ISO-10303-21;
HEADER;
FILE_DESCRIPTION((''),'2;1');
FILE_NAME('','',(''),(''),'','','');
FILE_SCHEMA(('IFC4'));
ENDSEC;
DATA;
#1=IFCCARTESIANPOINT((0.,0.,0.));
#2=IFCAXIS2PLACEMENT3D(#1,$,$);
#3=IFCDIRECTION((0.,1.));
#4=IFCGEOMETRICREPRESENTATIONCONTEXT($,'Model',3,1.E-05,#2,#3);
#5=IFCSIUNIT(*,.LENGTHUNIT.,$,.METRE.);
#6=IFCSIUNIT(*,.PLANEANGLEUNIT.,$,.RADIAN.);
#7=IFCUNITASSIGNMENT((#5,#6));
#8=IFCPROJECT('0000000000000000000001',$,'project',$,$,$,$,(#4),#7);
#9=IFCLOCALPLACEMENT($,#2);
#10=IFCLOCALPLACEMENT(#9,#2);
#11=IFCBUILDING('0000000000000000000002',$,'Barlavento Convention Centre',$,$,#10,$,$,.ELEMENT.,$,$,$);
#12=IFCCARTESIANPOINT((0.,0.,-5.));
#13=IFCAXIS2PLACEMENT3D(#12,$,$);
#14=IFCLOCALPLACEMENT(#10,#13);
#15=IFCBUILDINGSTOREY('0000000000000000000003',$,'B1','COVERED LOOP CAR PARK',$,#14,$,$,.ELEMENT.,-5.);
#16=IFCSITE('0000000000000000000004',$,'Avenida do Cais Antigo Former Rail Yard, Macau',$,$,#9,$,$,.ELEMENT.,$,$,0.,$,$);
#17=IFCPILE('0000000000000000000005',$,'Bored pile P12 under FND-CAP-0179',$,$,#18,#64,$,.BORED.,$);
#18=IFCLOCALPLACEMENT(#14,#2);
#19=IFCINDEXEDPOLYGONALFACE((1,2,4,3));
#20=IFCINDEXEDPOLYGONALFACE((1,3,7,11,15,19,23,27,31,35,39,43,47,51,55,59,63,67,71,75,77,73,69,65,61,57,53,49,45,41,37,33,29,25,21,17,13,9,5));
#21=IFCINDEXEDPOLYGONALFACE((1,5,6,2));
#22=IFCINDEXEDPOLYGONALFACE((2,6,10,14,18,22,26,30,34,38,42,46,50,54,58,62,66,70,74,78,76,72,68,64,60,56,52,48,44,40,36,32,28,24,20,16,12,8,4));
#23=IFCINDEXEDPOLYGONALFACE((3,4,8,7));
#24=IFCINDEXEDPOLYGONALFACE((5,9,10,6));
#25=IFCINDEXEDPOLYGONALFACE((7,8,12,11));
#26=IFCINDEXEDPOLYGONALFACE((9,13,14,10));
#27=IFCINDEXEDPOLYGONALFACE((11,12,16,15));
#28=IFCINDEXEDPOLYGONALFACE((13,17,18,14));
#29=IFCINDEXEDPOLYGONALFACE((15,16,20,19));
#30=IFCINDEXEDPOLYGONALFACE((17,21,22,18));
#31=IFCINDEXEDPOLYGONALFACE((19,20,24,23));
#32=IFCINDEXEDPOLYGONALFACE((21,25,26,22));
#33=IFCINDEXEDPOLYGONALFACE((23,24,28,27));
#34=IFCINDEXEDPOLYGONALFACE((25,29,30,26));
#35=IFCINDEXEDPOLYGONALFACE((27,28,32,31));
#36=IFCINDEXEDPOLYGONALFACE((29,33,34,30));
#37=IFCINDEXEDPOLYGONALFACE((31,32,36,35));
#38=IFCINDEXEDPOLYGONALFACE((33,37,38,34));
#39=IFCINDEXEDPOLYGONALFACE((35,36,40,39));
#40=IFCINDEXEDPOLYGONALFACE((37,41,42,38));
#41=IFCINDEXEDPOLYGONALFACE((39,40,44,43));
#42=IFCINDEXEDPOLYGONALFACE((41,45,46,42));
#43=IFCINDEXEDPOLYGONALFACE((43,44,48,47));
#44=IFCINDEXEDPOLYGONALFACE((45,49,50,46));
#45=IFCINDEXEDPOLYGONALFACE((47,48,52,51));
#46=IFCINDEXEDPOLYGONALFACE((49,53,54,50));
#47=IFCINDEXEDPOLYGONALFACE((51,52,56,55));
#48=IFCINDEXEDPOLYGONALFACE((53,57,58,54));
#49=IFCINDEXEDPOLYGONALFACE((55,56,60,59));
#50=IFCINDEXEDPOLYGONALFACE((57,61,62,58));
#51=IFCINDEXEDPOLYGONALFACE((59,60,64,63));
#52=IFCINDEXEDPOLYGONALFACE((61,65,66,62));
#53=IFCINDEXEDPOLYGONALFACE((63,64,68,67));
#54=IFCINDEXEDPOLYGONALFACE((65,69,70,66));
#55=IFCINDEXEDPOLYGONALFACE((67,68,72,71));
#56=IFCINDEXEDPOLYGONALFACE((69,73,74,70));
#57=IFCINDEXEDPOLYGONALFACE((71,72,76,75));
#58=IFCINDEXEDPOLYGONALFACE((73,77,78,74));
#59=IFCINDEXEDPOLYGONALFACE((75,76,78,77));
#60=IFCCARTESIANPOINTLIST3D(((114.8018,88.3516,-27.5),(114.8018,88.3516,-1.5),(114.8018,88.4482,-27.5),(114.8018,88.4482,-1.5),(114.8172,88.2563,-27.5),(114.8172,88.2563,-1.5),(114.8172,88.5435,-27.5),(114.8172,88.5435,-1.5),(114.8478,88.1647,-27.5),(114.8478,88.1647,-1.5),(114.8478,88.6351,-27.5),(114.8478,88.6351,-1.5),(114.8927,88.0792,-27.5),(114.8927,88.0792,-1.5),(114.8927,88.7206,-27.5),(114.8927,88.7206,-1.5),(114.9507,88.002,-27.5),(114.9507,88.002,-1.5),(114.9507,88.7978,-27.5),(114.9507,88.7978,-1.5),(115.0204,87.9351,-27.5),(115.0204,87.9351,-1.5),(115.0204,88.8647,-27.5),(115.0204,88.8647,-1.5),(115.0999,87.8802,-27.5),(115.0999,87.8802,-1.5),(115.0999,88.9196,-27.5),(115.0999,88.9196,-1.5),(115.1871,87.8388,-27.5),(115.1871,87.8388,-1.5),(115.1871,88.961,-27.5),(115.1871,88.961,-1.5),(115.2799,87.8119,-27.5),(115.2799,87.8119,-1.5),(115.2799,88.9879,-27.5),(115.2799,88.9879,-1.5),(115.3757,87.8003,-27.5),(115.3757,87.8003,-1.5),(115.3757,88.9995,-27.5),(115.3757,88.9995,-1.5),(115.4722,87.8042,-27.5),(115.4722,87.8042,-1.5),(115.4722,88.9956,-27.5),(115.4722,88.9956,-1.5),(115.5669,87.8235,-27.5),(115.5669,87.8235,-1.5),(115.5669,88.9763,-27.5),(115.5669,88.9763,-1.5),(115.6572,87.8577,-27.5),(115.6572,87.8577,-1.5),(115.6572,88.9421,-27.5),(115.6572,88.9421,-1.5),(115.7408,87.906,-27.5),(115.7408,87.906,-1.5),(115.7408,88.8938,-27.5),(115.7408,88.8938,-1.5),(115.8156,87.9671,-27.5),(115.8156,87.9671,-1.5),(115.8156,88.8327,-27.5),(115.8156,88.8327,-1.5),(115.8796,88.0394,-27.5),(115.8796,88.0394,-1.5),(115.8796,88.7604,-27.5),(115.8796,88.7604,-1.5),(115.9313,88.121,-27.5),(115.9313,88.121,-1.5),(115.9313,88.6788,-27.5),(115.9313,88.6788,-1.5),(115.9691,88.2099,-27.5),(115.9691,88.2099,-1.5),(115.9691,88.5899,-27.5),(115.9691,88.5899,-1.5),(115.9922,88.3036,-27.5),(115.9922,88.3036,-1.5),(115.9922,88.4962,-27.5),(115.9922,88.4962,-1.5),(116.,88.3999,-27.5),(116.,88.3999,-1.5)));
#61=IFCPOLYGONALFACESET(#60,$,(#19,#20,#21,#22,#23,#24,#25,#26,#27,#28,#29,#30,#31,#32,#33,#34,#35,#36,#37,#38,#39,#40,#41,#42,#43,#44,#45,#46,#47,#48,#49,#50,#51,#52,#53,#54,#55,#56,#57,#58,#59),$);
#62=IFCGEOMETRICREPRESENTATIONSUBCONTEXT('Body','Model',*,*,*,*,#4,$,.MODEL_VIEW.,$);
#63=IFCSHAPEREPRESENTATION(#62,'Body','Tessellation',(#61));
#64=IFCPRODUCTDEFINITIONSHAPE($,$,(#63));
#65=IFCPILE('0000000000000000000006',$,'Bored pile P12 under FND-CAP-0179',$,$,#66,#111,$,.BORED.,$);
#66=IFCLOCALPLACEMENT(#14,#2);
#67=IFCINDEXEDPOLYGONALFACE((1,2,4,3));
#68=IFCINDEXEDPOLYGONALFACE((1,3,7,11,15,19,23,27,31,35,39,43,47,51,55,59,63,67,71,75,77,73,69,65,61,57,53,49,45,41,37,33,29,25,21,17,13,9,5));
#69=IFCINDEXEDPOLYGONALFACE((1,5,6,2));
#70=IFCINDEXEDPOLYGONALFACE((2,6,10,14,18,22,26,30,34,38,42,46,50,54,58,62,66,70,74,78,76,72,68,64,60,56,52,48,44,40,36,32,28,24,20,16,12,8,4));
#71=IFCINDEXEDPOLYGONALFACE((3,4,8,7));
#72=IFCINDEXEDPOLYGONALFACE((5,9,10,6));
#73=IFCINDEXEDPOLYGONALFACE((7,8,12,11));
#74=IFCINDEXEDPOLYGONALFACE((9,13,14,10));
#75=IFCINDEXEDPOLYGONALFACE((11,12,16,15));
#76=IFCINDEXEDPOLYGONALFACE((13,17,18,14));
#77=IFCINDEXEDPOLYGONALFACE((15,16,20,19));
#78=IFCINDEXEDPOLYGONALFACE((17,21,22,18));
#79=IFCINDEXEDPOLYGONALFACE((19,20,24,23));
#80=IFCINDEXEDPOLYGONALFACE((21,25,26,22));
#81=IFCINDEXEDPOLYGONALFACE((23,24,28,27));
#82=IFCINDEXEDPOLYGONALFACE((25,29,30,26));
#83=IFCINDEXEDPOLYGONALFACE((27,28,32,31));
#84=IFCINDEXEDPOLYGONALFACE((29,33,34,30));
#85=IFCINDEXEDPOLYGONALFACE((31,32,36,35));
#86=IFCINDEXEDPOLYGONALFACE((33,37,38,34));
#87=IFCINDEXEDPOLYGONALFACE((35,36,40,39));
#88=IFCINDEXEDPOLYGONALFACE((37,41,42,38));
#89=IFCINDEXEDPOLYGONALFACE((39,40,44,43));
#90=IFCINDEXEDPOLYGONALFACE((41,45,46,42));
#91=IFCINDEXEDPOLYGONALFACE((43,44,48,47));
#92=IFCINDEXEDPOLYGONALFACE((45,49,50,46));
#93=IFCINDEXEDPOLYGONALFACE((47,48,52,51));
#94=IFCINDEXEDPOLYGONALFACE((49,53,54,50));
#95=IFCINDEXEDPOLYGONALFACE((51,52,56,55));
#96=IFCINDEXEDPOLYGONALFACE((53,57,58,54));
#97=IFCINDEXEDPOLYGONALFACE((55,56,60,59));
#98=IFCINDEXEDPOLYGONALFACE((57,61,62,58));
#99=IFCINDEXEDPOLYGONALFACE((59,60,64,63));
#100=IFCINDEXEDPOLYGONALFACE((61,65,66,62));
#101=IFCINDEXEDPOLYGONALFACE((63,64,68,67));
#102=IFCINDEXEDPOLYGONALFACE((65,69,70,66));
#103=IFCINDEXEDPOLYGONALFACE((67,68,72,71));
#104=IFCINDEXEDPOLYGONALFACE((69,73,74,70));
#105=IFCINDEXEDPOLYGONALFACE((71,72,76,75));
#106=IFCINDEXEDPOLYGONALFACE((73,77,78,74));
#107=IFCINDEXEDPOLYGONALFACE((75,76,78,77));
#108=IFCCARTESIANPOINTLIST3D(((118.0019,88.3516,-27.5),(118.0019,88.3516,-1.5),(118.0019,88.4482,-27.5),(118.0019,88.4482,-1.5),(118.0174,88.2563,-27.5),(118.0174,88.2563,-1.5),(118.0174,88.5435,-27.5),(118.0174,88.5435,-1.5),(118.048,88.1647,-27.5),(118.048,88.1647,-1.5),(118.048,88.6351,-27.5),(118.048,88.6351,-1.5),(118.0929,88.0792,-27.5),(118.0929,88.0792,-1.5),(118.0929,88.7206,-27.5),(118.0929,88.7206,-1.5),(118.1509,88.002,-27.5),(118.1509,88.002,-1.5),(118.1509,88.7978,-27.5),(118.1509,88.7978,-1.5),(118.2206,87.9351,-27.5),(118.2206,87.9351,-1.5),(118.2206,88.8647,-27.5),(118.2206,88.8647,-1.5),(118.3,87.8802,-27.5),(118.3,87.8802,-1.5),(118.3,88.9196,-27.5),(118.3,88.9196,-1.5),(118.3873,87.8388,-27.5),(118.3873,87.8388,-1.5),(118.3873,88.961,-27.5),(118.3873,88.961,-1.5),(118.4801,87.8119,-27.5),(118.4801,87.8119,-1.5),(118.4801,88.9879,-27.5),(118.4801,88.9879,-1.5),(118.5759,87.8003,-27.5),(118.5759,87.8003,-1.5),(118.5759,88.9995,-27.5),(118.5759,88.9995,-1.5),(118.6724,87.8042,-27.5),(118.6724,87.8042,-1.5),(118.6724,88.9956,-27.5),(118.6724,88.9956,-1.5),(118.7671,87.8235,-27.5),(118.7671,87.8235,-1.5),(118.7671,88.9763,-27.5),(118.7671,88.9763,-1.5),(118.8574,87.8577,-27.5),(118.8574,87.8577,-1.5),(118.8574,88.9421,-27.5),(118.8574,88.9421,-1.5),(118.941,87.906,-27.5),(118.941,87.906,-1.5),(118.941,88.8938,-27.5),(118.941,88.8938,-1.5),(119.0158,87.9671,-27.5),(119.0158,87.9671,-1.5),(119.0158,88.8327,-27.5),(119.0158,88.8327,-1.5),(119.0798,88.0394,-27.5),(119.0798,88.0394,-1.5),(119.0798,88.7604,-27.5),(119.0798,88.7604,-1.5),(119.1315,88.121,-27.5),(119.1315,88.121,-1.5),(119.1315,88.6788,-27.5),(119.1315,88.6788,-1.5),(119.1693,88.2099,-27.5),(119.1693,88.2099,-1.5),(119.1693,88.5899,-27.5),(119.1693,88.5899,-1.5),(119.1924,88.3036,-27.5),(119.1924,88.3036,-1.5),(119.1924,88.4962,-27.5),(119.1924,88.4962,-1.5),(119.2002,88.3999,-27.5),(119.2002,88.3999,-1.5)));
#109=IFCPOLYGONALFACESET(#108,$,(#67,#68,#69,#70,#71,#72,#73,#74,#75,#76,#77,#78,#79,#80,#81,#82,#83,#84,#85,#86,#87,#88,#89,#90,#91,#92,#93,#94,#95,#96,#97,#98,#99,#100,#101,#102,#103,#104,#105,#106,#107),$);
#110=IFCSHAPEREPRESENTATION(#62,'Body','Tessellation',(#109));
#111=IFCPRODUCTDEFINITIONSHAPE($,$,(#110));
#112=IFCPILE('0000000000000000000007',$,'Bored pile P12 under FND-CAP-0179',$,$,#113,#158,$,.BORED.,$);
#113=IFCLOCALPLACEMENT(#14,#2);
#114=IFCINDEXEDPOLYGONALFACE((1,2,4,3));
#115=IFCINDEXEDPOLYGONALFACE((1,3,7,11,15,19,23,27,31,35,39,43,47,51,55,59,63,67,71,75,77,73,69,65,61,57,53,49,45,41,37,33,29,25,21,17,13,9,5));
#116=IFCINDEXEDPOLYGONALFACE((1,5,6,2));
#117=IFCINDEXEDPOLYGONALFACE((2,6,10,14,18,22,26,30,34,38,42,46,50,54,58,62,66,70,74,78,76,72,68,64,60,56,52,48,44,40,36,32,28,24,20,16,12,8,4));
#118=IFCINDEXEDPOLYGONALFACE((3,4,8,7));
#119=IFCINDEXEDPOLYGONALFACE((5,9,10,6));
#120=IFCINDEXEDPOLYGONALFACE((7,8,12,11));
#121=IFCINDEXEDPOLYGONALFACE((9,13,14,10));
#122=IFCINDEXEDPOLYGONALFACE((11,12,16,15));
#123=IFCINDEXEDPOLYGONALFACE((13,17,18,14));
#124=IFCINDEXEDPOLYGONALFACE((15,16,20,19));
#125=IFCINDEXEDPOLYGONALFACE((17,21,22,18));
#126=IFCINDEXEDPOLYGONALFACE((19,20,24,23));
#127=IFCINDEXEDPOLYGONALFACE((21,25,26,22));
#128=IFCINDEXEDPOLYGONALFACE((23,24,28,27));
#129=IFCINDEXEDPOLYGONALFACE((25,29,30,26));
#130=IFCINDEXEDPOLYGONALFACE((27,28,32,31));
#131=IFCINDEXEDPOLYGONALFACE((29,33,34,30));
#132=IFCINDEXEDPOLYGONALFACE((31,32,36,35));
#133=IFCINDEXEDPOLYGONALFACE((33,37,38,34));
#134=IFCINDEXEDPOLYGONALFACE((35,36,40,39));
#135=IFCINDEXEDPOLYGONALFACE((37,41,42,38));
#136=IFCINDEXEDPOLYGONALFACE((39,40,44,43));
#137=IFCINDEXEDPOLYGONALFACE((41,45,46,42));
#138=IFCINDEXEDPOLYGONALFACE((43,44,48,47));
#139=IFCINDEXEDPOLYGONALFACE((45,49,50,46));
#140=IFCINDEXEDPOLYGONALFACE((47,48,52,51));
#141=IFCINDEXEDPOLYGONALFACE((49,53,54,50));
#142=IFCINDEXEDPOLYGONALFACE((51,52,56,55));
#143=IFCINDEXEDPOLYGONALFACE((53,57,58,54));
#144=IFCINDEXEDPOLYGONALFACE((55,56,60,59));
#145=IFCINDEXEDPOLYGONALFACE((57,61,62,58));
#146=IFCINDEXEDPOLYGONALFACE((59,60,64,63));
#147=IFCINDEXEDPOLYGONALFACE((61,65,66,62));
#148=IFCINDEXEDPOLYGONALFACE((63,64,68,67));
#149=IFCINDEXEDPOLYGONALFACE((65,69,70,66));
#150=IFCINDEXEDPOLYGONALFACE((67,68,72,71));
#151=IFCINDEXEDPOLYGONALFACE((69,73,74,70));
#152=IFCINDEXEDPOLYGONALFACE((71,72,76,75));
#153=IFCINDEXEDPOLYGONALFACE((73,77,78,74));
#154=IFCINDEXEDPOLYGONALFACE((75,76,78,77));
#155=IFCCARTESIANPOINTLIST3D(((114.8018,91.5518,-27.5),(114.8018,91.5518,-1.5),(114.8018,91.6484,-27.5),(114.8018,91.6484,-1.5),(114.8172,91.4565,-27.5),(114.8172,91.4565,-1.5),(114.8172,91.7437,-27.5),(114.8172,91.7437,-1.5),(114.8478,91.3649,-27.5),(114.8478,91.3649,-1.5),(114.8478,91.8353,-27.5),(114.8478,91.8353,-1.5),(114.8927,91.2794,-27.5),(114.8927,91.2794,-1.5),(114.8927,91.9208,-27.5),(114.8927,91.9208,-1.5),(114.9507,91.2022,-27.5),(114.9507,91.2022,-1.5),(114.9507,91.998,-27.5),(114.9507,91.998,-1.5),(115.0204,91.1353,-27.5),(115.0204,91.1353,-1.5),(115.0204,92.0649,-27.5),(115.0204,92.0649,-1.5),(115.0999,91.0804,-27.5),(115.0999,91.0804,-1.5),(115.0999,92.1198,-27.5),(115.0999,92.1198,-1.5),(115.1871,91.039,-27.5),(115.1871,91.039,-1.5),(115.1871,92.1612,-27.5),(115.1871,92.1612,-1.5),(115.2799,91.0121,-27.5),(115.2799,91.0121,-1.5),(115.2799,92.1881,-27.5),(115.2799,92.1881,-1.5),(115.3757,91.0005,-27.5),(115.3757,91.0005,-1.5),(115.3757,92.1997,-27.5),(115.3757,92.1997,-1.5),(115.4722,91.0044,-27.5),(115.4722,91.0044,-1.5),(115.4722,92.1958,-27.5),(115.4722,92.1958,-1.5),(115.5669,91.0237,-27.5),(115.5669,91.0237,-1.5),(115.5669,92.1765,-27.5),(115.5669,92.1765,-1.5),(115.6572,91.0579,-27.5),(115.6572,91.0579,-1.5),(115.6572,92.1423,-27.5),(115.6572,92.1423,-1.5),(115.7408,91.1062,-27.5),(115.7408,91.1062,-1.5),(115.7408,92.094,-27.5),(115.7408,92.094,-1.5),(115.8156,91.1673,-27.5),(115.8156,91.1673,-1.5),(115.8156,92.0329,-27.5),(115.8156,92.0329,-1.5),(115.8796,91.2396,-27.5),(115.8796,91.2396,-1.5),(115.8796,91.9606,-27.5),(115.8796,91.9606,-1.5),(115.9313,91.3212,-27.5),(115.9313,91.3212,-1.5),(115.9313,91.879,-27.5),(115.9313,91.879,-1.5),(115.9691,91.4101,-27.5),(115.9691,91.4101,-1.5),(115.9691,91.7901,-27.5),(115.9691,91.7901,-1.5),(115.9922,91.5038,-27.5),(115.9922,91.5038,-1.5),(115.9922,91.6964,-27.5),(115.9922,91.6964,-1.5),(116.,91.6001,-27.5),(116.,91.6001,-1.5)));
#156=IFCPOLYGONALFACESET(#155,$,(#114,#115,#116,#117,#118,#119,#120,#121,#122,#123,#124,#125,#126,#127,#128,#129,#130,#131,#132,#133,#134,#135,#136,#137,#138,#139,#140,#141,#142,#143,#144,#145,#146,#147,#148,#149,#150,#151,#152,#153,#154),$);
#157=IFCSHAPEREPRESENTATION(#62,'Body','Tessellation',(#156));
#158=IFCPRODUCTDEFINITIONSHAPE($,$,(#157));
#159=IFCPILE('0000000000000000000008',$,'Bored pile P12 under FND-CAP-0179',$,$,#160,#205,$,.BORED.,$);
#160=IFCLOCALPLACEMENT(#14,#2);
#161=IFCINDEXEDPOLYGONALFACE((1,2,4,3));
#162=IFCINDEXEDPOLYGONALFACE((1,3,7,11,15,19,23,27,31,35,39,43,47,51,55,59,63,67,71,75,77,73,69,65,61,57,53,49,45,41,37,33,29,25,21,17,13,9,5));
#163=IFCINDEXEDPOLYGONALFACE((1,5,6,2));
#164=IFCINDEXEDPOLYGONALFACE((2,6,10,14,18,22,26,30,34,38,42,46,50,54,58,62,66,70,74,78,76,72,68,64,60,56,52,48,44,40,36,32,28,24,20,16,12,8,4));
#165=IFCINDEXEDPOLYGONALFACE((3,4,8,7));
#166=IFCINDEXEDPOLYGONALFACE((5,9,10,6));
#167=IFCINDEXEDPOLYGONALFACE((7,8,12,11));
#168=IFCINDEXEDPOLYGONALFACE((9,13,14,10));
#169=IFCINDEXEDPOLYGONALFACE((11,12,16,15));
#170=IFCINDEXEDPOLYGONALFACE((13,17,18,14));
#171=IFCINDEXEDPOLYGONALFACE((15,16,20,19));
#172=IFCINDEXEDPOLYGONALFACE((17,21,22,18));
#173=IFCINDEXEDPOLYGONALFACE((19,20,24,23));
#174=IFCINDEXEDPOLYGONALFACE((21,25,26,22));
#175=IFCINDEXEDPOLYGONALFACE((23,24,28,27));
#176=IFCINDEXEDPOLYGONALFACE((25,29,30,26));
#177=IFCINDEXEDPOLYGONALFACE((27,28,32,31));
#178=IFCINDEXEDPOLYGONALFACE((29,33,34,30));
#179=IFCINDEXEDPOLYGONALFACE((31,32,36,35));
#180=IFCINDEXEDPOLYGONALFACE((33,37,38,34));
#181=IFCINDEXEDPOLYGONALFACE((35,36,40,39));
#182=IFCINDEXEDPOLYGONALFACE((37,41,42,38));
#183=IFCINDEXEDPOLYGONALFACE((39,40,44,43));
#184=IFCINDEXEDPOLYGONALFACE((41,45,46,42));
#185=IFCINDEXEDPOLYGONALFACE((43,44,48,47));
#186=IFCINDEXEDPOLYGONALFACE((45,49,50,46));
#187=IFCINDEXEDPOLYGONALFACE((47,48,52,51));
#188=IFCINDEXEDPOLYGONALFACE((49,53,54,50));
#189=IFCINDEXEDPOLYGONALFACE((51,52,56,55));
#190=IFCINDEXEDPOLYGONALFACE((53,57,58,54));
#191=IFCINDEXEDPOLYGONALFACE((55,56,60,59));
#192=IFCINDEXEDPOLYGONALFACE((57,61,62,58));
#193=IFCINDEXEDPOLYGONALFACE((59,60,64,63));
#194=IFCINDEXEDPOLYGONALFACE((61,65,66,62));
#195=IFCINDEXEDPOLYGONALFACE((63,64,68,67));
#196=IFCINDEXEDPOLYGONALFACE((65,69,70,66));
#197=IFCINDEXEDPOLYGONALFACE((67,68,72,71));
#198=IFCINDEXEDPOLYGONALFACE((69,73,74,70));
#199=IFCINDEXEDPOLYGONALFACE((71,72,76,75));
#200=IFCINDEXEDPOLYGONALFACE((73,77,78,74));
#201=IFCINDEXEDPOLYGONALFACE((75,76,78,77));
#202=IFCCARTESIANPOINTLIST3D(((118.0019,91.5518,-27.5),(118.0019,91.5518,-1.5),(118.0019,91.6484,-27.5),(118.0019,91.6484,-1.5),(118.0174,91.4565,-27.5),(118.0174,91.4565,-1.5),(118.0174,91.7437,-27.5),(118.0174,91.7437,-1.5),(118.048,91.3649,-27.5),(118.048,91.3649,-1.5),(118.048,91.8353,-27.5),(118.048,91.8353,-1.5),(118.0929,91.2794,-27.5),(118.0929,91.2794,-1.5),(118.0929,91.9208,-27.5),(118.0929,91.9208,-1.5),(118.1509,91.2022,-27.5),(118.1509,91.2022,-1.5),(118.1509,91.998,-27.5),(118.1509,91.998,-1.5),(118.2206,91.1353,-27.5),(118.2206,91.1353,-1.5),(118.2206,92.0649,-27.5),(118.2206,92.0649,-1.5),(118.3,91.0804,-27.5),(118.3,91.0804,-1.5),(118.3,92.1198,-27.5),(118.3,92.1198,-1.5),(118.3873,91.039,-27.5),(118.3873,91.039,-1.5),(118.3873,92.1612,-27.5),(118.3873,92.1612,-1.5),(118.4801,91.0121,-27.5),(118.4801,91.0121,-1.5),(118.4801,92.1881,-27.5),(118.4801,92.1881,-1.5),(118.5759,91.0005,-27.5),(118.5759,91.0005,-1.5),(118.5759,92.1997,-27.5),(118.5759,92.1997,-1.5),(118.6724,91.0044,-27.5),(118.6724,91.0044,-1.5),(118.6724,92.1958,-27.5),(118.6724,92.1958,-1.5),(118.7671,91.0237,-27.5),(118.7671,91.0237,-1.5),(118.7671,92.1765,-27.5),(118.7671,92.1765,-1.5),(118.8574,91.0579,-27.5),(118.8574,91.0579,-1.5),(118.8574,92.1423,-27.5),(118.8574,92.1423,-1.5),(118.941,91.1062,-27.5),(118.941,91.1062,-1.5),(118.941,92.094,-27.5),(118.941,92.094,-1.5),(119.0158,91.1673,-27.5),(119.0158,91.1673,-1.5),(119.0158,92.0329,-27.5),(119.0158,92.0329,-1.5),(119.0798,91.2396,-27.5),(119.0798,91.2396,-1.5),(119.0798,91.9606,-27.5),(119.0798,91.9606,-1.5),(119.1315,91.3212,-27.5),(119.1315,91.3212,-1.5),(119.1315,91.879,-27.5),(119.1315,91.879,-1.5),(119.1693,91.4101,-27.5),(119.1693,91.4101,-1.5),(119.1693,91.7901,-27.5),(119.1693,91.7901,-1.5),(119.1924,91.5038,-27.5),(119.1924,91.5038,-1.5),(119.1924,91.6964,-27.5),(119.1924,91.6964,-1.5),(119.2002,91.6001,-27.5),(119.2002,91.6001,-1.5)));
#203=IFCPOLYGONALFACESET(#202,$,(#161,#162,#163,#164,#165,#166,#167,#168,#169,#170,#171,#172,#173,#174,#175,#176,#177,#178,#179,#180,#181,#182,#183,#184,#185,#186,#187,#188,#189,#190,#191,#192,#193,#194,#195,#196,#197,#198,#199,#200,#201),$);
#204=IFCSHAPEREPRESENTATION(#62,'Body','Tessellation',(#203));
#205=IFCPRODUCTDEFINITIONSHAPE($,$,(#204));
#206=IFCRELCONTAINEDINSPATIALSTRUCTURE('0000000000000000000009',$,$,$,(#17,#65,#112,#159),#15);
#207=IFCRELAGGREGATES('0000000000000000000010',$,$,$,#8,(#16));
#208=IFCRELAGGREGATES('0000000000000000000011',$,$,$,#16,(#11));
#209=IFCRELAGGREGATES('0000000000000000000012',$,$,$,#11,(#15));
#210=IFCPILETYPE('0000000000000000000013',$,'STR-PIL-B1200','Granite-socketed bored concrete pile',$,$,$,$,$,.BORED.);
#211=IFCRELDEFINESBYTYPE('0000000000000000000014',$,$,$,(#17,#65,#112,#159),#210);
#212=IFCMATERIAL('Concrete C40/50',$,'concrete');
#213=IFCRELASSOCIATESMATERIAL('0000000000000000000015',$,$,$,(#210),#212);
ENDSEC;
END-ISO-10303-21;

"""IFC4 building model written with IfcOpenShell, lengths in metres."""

from ifc_helpers import new_model, si_unit, direction, frame, origin, origin_2d, place, context, subcontext, project, spatial, circle, extrude, material, material_profile, profile_set, type_object, element, save


model = new_model("IFC4")

# Units and contexts
model_context = context("Model", 3, precision=1e-05, world=origin(), true_north=direction((0.0, 1.0)))
body_context = subcontext(model_context, "Body", "Model", "MODEL_VIEW")
ifc_project = project(units=[si_unit("LENGTHUNIT", "METRE"), si_unit("PLANEANGLEUNIT", "RADIAN")], contexts=[model_context])

# Site, building, storey
site_placement = place(None, origin())
site = spatial("IfcSite", under=ifc_project, at=site_placement, Name="Avenida do Cais Antigo Former Rail Yard, Macau", CompositionType="ELEMENT", RefElevation=0.0)
building_placement = place(site_placement, origin())
building = spatial("IfcBuilding", under=site, at=building_placement, Name="Barlavento Convention Centre", CompositionType="ELEMENT")
storey_placement = place(building_placement, frame((0.0, 0.0, -5.0)))
storey = spatial("IfcBuildingStorey", under=building, at=storey_placement, Name="B1", Description="COVERED LOOP CAR PARK", CompositionType="ELEMENT", Elevation=-5.0)

# Shared definitions
ifc_material_1 = material(Name="Concrete C40/50", Category="concrete")

# Piles
ifc_material_profile_1 = material_profile(ifc_material_1, circle(Radius=0.6001, at=origin_2d()), Name="BORED PILE 1200")
ifc_profile_set_1 = profile_set([ifc_material_profile_1], Name="Concrete C40/50")
pile_type_1 = type_object("IfcPileType", Name="STR-PIL-B1200", Description="Granite-socketed bored concrete pile", PredefinedType="BORED", material=ifc_profile_set_1)
for number, where, z_axis, x_axis, name in (
    (1, (115.3999, 88.3999, -1.5), (0.0, 0.0, -1.0), (1.0, 0.0, 0.0), "Bored pile P12 under FND-CAP-0179"),
    (2, (118.6001, 88.3999, -1.5), (0.0, 0.0, -1.0), (1.0, 0.0, 0.0), "Bored pile P12 under FND-CAP-0179"),
    (3, (115.3999, 91.6001, -1.5), (0.0, 0.0, -1.0), (1.0, 0.0, 0.0), "Bored pile P12 under FND-CAP-0179"),
    (4, (118.6001, 91.6001, -1.5), (0.0, 0.0, -1.0), (1.0, 0.0, 0.0), "Bored pile P12 under FND-CAP-0179"),
):
    element("IfcPile", number, at=place(storey_placement, frame(where, z_axis=z_axis, x_axis=x_axis)), inside=storey, type_object=pile_type_1, Name=name, PredefinedType="BORED", context=body_context, shape_type="SweptSolid", body=[
        extrude(circle(Radius=0.6001, at=origin_2d()), origin(), (0.0, 0.0, 1.0), 26.0),
    ])

save(model, "model.ifc")
